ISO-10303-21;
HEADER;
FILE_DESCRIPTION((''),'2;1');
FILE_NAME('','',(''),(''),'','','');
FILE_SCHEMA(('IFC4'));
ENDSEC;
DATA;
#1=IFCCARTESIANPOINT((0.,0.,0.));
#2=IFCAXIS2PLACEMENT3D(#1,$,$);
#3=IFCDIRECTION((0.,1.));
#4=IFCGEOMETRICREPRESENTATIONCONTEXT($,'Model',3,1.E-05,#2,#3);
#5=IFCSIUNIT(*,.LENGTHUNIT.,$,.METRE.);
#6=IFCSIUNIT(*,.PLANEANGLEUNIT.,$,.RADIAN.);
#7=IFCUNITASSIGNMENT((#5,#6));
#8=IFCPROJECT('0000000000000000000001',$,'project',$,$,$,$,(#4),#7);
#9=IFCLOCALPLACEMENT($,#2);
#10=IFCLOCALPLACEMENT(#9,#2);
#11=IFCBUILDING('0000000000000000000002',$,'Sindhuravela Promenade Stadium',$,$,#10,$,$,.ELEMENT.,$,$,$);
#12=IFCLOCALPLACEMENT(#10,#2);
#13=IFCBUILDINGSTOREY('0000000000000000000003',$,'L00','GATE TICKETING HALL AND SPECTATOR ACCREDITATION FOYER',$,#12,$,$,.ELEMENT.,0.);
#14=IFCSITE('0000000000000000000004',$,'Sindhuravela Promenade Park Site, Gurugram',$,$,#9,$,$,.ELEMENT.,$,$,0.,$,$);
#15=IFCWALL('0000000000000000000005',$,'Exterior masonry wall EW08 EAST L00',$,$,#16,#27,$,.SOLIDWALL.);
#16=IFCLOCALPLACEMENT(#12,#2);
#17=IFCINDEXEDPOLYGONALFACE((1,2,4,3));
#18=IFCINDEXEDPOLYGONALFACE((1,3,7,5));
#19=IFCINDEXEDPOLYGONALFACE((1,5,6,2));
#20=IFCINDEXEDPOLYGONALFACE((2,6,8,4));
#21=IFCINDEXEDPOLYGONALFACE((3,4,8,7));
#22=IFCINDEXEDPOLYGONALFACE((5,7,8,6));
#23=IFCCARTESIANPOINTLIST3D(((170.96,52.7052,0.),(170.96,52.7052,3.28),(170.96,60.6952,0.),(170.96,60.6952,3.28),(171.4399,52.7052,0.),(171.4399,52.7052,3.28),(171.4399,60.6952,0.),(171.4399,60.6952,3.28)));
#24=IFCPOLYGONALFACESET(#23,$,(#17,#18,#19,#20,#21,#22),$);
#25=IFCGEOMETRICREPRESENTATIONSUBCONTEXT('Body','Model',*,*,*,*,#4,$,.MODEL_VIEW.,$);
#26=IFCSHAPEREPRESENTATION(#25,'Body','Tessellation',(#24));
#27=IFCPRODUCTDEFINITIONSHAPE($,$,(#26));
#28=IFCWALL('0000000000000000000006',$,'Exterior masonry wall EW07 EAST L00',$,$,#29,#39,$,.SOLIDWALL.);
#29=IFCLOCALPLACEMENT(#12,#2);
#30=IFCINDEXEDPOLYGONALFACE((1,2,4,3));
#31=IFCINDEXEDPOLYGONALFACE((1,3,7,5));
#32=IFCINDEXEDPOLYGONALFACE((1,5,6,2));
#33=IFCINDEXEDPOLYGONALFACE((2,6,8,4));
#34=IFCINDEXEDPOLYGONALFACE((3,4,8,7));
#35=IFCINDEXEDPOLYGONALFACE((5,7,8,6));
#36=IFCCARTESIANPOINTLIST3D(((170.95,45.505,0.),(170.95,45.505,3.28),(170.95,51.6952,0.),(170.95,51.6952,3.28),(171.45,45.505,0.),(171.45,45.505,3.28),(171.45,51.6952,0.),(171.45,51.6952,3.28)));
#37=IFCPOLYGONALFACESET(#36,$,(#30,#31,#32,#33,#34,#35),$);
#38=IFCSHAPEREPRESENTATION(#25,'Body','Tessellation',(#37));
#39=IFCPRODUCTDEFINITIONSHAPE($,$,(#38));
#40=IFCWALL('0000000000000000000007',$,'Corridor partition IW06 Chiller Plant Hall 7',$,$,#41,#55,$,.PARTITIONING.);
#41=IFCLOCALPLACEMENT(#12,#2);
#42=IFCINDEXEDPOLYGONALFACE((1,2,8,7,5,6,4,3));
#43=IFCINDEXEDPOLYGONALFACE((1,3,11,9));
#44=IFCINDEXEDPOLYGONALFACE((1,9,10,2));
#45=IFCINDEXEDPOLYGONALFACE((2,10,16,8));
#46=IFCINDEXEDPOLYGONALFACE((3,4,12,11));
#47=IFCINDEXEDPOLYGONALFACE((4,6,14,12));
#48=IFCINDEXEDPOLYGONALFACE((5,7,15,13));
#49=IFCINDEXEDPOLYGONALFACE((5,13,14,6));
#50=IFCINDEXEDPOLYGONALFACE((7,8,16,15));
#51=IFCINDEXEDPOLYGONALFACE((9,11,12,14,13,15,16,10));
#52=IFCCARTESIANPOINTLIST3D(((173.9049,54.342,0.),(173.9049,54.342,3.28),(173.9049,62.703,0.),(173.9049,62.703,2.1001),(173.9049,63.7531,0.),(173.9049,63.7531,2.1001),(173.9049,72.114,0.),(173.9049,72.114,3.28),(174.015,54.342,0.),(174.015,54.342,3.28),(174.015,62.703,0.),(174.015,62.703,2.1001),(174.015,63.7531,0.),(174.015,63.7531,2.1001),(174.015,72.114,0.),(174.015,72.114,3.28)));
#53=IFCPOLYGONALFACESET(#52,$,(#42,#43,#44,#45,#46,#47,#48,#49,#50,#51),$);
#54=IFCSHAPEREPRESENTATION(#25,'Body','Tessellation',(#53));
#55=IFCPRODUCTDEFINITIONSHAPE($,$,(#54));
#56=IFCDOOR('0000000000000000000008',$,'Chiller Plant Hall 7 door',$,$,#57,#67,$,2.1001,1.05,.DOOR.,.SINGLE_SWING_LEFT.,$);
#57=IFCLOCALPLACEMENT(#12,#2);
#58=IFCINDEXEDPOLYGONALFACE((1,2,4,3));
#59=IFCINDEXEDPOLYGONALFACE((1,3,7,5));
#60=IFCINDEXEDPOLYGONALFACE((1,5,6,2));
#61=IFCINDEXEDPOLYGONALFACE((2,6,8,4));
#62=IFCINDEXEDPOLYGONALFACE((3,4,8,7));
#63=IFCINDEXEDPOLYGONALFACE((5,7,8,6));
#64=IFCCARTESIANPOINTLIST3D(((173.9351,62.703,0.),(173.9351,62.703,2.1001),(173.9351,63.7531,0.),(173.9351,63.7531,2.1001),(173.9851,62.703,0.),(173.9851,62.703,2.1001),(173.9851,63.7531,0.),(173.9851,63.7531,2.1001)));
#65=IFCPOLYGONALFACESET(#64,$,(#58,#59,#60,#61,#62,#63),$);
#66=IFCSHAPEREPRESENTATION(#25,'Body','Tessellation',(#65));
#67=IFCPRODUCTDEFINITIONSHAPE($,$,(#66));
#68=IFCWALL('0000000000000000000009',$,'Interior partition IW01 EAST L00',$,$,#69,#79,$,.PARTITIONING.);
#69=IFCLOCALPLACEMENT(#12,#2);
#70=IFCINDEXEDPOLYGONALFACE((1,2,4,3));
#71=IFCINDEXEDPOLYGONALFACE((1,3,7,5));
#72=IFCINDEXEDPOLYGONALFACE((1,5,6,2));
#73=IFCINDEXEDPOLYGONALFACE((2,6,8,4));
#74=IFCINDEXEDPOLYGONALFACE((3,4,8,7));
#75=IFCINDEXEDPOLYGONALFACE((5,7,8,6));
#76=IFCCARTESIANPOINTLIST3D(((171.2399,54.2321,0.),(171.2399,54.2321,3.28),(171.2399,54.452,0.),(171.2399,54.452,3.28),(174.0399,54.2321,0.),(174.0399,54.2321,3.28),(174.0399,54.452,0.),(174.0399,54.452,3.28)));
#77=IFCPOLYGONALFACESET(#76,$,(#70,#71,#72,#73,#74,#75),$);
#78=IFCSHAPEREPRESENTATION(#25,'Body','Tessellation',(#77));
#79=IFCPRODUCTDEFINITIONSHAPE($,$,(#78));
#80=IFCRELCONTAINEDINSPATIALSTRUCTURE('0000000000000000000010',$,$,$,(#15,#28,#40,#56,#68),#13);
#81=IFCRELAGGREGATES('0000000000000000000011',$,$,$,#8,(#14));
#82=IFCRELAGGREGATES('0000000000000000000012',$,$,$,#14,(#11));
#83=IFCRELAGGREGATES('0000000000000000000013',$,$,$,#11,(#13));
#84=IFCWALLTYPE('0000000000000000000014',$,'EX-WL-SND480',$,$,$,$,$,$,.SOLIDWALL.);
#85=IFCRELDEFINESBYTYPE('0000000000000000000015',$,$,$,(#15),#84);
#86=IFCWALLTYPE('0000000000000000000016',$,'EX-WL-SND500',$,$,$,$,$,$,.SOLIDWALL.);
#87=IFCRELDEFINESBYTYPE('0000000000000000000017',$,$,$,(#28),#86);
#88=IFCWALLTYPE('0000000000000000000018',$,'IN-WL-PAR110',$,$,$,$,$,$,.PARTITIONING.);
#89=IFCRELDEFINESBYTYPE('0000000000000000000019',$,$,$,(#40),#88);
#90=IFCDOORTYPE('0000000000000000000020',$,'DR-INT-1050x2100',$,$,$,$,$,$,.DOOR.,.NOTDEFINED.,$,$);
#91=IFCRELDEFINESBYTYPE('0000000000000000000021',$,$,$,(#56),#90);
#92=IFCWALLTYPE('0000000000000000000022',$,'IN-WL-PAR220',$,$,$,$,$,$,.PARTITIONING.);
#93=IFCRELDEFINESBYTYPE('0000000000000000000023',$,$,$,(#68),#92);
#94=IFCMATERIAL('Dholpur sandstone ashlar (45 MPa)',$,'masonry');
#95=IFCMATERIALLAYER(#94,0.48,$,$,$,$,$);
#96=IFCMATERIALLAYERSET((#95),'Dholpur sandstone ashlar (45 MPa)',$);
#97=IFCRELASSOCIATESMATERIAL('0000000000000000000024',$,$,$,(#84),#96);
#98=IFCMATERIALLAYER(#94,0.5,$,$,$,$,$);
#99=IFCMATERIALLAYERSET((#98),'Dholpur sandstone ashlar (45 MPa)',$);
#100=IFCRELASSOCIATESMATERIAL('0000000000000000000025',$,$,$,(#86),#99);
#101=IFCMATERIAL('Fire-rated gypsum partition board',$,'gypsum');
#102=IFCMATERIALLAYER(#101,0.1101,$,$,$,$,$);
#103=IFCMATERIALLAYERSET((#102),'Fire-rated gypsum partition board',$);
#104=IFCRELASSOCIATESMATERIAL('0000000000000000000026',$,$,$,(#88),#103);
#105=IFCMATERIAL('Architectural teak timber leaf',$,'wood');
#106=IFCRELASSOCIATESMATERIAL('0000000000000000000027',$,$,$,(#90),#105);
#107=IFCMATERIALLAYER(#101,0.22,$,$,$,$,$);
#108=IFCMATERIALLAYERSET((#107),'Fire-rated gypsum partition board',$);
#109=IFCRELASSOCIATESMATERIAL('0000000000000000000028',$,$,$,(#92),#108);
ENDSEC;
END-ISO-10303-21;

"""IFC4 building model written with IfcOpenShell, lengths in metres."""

from ifc_helpers import new_model, si_unit, direction, frame, frame_2d, origin, place, context, subcontext, project, spatial, rectangle, extrude, material, layer, layer_set, type_object, element, fill, save


model = new_model("IFC4")

# Units and contexts
model_context = context("Model", 3, precision=1e-05, world=origin(), true_north=direction((0.0, 1.0)))
body_context = subcontext(model_context, "Body", "Model", "MODEL_VIEW")
ifc_project = project(units=[si_unit("LENGTHUNIT", "METRE"), si_unit("PLANEANGLEUNIT", "RADIAN")], contexts=[model_context])

# Site, building, storey
site_placement = place(None, origin())
site = spatial("IfcSite", under=ifc_project, at=site_placement, Name="Sindhuravela Promenade Park Site, Gurugram", CompositionType="ELEMENT", RefElevation=0.0)
building_placement = place(site_placement, origin())
building = spatial("IfcBuilding", under=site, at=building_placement, Name="Sindhuravela Promenade Stadium", CompositionType="ELEMENT")
storey_placement = place(building_placement, origin())
storey = spatial("IfcBuildingStorey", under=building, at=storey_placement, Name="L00", Description="GATE TICKETING HALL AND SPECTATOR ACCREDITATION FOYER", CompositionType="ELEMENT", Elevation=0.0)

# Walls
ifc_material_1 = material(Name="Dholpur sandstone ashlar (45 MPa)", Category="masonry")
ifc_layer_1 = layer(ifc_material_1, 0.48)
ifc_layer_set_1 = layer_set([ifc_layer_1], Name="Dholpur sandstone ashlar (45 MPa)")
wall_type_1 = type_object("IfcWallType", Name="EX-WL-SND480", PredefinedType="SOLIDWALL", material=ifc_layer_set_1)
wall_1_placement = place(storey_placement, frame((171.2, 52.7051, 0.0), z_axis=(0.0, 0.0, 1.0), x_axis=(0.0, 1.0, 0.0)))
element("IfcWall", 1, at=wall_1_placement, inside=storey, type_object=wall_type_1, Name="Exterior masonry wall EW08 EAST L00", PredefinedType="SOLIDWALL", context=body_context, shape_type="SweptSolid", body=[
    extrude(rectangle(XDim=7.99, YDim=0.48, at=frame_2d((3.9951, 0.0))), origin(), (0.0, 0.0, 1.0), 3.28),
])
ifc_layer_2 = layer(ifc_material_1, 0.5)
ifc_layer_set_2 = layer_set([ifc_layer_2], Name="Dholpur sandstone ashlar (45 MPa)")
wall_type_2 = type_object("IfcWallType", Name="EX-WL-SND500", PredefinedType="SOLIDWALL", material=ifc_layer_set_2)
wall_2_placement = place(storey_placement, frame((171.2, 45.5049, 0.0), z_axis=(0.0, 0.0, 1.0), x_axis=(0.0, 1.0, 0.0)))
element("IfcWall", 2, at=wall_2_placement, inside=storey, type_object=wall_type_2, Name="Exterior masonry wall EW07 EAST L00", PredefinedType="SOLIDWALL", context=body_context, shape_type="SweptSolid", body=[
    extrude(rectangle(XDim=6.1902, YDim=0.5, at=frame_2d((3.0952, 0.0))), origin(), (0.0, 0.0, 1.0), 3.28),
])

# Wall, opening, door
ifc_material_2 = material(Name="Fire-rated gypsum partition board", Category="gypsum")
ifc_layer_3 = layer(ifc_material_2, 0.1101)
ifc_layer_set_3 = layer_set([ifc_layer_3], Name="Fire-rated gypsum partition board")
wall_type_3 = type_object("IfcWallType", Name="IN-WL-PAR110", PredefinedType="PARTITIONING", material=ifc_layer_set_3)
wall_3_placement = place(storey_placement, frame((173.96, 54.342, 0.0), z_axis=(0.0, 0.0, 1.0), x_axis=(0.0, 1.0, 0.0)))
wall_3 = element("IfcWall", 3, at=wall_3_placement, inside=storey, type_object=wall_type_3, Name="Corridor partition IW06 Chiller Plant Hall 7", PredefinedType="PARTITIONING", context=body_context, shape_type="SweptSolid", body=[
    extrude(rectangle(XDim=17.772, YDim=0.1101, at=frame_2d((8.886, 0.0))), origin(), (0.0, 0.0, 1.0), 3.28),
])
opening_placement = place(wall_3_placement, frame((8.3611, 0.0, 0.0)))
opening = element("IfcOpeningElement", 4, at=opening_placement, cuts=wall_3, PredefinedType="OPENING", context=body_context, shape_type="SweptSolid", body=[
    extrude(rectangle(XDim=1.05, YDim=2.1001, at=frame_2d((0.5249, 1.05))), frame((0.0, 0.0649, 0.0), z_axis=(0.0, -1.0, 0.0), x_axis=(1.0, 0.0, 0.0)), (0.0, 0.0, 1.0), 0.1301),
])
ifc_material_3 = material(Name="Architectural teak timber leaf", Category="wood")
door_type = type_object("IfcDoorType", Name="DR-INT-1050x2100", OperationType="NOTDEFINED", PredefinedType="DOOR", material=ifc_material_3)
door_placement = place(opening_placement, origin())
door = element("IfcDoor", 5, at=door_placement, inside=storey, type_object=door_type, Name="Chiller Plant Hall 7 door", OperationType="SINGLE_SWING_LEFT", OverallHeight=2.1001, OverallWidth=1.05, PredefinedType="DOOR", context=body_context, shape_type="SweptSolid", body=[
    extrude(rectangle(XDim=1.05, YDim=2.1001, at=frame_2d((0.5249, 1.05))), frame((0.0, 0.0249, 0.0), z_axis=(0.0, -1.0, 0.0), x_axis=(1.0, 0.0, 0.0)), (0.0, 0.0, 1.0), 0.05),
])
fill(opening, door)

# Wall
ifc_layer_4 = layer(ifc_material_2, 0.22)
ifc_layer_set_4 = layer_set([ifc_layer_4], Name="Fire-rated gypsum partition board")
wall_type_4 = type_object("IfcWallType", Name="IN-WL-PAR220", PredefinedType="PARTITIONING", material=ifc_layer_set_4)
wall_4_placement = place(storey_placement, frame((171.24, 54.342, 0.0), z_axis=(0.0, 0.0, 1.0), x_axis=(1.0, 0.0, 0.0)))
element("IfcWall", 6, at=wall_4_placement, inside=storey, type_object=wall_type_4, Name="Interior partition IW01 EAST L00", PredefinedType="PARTITIONING", context=body_context, shape_type="SweptSolid", body=[
    extrude(rectangle(XDim=2.8, YDim=0.22, at=frame_2d((1.3999, 0.0))), origin(), (0.0, 0.0, 1.0), 3.28),
])

save(model, "model.ifc")
